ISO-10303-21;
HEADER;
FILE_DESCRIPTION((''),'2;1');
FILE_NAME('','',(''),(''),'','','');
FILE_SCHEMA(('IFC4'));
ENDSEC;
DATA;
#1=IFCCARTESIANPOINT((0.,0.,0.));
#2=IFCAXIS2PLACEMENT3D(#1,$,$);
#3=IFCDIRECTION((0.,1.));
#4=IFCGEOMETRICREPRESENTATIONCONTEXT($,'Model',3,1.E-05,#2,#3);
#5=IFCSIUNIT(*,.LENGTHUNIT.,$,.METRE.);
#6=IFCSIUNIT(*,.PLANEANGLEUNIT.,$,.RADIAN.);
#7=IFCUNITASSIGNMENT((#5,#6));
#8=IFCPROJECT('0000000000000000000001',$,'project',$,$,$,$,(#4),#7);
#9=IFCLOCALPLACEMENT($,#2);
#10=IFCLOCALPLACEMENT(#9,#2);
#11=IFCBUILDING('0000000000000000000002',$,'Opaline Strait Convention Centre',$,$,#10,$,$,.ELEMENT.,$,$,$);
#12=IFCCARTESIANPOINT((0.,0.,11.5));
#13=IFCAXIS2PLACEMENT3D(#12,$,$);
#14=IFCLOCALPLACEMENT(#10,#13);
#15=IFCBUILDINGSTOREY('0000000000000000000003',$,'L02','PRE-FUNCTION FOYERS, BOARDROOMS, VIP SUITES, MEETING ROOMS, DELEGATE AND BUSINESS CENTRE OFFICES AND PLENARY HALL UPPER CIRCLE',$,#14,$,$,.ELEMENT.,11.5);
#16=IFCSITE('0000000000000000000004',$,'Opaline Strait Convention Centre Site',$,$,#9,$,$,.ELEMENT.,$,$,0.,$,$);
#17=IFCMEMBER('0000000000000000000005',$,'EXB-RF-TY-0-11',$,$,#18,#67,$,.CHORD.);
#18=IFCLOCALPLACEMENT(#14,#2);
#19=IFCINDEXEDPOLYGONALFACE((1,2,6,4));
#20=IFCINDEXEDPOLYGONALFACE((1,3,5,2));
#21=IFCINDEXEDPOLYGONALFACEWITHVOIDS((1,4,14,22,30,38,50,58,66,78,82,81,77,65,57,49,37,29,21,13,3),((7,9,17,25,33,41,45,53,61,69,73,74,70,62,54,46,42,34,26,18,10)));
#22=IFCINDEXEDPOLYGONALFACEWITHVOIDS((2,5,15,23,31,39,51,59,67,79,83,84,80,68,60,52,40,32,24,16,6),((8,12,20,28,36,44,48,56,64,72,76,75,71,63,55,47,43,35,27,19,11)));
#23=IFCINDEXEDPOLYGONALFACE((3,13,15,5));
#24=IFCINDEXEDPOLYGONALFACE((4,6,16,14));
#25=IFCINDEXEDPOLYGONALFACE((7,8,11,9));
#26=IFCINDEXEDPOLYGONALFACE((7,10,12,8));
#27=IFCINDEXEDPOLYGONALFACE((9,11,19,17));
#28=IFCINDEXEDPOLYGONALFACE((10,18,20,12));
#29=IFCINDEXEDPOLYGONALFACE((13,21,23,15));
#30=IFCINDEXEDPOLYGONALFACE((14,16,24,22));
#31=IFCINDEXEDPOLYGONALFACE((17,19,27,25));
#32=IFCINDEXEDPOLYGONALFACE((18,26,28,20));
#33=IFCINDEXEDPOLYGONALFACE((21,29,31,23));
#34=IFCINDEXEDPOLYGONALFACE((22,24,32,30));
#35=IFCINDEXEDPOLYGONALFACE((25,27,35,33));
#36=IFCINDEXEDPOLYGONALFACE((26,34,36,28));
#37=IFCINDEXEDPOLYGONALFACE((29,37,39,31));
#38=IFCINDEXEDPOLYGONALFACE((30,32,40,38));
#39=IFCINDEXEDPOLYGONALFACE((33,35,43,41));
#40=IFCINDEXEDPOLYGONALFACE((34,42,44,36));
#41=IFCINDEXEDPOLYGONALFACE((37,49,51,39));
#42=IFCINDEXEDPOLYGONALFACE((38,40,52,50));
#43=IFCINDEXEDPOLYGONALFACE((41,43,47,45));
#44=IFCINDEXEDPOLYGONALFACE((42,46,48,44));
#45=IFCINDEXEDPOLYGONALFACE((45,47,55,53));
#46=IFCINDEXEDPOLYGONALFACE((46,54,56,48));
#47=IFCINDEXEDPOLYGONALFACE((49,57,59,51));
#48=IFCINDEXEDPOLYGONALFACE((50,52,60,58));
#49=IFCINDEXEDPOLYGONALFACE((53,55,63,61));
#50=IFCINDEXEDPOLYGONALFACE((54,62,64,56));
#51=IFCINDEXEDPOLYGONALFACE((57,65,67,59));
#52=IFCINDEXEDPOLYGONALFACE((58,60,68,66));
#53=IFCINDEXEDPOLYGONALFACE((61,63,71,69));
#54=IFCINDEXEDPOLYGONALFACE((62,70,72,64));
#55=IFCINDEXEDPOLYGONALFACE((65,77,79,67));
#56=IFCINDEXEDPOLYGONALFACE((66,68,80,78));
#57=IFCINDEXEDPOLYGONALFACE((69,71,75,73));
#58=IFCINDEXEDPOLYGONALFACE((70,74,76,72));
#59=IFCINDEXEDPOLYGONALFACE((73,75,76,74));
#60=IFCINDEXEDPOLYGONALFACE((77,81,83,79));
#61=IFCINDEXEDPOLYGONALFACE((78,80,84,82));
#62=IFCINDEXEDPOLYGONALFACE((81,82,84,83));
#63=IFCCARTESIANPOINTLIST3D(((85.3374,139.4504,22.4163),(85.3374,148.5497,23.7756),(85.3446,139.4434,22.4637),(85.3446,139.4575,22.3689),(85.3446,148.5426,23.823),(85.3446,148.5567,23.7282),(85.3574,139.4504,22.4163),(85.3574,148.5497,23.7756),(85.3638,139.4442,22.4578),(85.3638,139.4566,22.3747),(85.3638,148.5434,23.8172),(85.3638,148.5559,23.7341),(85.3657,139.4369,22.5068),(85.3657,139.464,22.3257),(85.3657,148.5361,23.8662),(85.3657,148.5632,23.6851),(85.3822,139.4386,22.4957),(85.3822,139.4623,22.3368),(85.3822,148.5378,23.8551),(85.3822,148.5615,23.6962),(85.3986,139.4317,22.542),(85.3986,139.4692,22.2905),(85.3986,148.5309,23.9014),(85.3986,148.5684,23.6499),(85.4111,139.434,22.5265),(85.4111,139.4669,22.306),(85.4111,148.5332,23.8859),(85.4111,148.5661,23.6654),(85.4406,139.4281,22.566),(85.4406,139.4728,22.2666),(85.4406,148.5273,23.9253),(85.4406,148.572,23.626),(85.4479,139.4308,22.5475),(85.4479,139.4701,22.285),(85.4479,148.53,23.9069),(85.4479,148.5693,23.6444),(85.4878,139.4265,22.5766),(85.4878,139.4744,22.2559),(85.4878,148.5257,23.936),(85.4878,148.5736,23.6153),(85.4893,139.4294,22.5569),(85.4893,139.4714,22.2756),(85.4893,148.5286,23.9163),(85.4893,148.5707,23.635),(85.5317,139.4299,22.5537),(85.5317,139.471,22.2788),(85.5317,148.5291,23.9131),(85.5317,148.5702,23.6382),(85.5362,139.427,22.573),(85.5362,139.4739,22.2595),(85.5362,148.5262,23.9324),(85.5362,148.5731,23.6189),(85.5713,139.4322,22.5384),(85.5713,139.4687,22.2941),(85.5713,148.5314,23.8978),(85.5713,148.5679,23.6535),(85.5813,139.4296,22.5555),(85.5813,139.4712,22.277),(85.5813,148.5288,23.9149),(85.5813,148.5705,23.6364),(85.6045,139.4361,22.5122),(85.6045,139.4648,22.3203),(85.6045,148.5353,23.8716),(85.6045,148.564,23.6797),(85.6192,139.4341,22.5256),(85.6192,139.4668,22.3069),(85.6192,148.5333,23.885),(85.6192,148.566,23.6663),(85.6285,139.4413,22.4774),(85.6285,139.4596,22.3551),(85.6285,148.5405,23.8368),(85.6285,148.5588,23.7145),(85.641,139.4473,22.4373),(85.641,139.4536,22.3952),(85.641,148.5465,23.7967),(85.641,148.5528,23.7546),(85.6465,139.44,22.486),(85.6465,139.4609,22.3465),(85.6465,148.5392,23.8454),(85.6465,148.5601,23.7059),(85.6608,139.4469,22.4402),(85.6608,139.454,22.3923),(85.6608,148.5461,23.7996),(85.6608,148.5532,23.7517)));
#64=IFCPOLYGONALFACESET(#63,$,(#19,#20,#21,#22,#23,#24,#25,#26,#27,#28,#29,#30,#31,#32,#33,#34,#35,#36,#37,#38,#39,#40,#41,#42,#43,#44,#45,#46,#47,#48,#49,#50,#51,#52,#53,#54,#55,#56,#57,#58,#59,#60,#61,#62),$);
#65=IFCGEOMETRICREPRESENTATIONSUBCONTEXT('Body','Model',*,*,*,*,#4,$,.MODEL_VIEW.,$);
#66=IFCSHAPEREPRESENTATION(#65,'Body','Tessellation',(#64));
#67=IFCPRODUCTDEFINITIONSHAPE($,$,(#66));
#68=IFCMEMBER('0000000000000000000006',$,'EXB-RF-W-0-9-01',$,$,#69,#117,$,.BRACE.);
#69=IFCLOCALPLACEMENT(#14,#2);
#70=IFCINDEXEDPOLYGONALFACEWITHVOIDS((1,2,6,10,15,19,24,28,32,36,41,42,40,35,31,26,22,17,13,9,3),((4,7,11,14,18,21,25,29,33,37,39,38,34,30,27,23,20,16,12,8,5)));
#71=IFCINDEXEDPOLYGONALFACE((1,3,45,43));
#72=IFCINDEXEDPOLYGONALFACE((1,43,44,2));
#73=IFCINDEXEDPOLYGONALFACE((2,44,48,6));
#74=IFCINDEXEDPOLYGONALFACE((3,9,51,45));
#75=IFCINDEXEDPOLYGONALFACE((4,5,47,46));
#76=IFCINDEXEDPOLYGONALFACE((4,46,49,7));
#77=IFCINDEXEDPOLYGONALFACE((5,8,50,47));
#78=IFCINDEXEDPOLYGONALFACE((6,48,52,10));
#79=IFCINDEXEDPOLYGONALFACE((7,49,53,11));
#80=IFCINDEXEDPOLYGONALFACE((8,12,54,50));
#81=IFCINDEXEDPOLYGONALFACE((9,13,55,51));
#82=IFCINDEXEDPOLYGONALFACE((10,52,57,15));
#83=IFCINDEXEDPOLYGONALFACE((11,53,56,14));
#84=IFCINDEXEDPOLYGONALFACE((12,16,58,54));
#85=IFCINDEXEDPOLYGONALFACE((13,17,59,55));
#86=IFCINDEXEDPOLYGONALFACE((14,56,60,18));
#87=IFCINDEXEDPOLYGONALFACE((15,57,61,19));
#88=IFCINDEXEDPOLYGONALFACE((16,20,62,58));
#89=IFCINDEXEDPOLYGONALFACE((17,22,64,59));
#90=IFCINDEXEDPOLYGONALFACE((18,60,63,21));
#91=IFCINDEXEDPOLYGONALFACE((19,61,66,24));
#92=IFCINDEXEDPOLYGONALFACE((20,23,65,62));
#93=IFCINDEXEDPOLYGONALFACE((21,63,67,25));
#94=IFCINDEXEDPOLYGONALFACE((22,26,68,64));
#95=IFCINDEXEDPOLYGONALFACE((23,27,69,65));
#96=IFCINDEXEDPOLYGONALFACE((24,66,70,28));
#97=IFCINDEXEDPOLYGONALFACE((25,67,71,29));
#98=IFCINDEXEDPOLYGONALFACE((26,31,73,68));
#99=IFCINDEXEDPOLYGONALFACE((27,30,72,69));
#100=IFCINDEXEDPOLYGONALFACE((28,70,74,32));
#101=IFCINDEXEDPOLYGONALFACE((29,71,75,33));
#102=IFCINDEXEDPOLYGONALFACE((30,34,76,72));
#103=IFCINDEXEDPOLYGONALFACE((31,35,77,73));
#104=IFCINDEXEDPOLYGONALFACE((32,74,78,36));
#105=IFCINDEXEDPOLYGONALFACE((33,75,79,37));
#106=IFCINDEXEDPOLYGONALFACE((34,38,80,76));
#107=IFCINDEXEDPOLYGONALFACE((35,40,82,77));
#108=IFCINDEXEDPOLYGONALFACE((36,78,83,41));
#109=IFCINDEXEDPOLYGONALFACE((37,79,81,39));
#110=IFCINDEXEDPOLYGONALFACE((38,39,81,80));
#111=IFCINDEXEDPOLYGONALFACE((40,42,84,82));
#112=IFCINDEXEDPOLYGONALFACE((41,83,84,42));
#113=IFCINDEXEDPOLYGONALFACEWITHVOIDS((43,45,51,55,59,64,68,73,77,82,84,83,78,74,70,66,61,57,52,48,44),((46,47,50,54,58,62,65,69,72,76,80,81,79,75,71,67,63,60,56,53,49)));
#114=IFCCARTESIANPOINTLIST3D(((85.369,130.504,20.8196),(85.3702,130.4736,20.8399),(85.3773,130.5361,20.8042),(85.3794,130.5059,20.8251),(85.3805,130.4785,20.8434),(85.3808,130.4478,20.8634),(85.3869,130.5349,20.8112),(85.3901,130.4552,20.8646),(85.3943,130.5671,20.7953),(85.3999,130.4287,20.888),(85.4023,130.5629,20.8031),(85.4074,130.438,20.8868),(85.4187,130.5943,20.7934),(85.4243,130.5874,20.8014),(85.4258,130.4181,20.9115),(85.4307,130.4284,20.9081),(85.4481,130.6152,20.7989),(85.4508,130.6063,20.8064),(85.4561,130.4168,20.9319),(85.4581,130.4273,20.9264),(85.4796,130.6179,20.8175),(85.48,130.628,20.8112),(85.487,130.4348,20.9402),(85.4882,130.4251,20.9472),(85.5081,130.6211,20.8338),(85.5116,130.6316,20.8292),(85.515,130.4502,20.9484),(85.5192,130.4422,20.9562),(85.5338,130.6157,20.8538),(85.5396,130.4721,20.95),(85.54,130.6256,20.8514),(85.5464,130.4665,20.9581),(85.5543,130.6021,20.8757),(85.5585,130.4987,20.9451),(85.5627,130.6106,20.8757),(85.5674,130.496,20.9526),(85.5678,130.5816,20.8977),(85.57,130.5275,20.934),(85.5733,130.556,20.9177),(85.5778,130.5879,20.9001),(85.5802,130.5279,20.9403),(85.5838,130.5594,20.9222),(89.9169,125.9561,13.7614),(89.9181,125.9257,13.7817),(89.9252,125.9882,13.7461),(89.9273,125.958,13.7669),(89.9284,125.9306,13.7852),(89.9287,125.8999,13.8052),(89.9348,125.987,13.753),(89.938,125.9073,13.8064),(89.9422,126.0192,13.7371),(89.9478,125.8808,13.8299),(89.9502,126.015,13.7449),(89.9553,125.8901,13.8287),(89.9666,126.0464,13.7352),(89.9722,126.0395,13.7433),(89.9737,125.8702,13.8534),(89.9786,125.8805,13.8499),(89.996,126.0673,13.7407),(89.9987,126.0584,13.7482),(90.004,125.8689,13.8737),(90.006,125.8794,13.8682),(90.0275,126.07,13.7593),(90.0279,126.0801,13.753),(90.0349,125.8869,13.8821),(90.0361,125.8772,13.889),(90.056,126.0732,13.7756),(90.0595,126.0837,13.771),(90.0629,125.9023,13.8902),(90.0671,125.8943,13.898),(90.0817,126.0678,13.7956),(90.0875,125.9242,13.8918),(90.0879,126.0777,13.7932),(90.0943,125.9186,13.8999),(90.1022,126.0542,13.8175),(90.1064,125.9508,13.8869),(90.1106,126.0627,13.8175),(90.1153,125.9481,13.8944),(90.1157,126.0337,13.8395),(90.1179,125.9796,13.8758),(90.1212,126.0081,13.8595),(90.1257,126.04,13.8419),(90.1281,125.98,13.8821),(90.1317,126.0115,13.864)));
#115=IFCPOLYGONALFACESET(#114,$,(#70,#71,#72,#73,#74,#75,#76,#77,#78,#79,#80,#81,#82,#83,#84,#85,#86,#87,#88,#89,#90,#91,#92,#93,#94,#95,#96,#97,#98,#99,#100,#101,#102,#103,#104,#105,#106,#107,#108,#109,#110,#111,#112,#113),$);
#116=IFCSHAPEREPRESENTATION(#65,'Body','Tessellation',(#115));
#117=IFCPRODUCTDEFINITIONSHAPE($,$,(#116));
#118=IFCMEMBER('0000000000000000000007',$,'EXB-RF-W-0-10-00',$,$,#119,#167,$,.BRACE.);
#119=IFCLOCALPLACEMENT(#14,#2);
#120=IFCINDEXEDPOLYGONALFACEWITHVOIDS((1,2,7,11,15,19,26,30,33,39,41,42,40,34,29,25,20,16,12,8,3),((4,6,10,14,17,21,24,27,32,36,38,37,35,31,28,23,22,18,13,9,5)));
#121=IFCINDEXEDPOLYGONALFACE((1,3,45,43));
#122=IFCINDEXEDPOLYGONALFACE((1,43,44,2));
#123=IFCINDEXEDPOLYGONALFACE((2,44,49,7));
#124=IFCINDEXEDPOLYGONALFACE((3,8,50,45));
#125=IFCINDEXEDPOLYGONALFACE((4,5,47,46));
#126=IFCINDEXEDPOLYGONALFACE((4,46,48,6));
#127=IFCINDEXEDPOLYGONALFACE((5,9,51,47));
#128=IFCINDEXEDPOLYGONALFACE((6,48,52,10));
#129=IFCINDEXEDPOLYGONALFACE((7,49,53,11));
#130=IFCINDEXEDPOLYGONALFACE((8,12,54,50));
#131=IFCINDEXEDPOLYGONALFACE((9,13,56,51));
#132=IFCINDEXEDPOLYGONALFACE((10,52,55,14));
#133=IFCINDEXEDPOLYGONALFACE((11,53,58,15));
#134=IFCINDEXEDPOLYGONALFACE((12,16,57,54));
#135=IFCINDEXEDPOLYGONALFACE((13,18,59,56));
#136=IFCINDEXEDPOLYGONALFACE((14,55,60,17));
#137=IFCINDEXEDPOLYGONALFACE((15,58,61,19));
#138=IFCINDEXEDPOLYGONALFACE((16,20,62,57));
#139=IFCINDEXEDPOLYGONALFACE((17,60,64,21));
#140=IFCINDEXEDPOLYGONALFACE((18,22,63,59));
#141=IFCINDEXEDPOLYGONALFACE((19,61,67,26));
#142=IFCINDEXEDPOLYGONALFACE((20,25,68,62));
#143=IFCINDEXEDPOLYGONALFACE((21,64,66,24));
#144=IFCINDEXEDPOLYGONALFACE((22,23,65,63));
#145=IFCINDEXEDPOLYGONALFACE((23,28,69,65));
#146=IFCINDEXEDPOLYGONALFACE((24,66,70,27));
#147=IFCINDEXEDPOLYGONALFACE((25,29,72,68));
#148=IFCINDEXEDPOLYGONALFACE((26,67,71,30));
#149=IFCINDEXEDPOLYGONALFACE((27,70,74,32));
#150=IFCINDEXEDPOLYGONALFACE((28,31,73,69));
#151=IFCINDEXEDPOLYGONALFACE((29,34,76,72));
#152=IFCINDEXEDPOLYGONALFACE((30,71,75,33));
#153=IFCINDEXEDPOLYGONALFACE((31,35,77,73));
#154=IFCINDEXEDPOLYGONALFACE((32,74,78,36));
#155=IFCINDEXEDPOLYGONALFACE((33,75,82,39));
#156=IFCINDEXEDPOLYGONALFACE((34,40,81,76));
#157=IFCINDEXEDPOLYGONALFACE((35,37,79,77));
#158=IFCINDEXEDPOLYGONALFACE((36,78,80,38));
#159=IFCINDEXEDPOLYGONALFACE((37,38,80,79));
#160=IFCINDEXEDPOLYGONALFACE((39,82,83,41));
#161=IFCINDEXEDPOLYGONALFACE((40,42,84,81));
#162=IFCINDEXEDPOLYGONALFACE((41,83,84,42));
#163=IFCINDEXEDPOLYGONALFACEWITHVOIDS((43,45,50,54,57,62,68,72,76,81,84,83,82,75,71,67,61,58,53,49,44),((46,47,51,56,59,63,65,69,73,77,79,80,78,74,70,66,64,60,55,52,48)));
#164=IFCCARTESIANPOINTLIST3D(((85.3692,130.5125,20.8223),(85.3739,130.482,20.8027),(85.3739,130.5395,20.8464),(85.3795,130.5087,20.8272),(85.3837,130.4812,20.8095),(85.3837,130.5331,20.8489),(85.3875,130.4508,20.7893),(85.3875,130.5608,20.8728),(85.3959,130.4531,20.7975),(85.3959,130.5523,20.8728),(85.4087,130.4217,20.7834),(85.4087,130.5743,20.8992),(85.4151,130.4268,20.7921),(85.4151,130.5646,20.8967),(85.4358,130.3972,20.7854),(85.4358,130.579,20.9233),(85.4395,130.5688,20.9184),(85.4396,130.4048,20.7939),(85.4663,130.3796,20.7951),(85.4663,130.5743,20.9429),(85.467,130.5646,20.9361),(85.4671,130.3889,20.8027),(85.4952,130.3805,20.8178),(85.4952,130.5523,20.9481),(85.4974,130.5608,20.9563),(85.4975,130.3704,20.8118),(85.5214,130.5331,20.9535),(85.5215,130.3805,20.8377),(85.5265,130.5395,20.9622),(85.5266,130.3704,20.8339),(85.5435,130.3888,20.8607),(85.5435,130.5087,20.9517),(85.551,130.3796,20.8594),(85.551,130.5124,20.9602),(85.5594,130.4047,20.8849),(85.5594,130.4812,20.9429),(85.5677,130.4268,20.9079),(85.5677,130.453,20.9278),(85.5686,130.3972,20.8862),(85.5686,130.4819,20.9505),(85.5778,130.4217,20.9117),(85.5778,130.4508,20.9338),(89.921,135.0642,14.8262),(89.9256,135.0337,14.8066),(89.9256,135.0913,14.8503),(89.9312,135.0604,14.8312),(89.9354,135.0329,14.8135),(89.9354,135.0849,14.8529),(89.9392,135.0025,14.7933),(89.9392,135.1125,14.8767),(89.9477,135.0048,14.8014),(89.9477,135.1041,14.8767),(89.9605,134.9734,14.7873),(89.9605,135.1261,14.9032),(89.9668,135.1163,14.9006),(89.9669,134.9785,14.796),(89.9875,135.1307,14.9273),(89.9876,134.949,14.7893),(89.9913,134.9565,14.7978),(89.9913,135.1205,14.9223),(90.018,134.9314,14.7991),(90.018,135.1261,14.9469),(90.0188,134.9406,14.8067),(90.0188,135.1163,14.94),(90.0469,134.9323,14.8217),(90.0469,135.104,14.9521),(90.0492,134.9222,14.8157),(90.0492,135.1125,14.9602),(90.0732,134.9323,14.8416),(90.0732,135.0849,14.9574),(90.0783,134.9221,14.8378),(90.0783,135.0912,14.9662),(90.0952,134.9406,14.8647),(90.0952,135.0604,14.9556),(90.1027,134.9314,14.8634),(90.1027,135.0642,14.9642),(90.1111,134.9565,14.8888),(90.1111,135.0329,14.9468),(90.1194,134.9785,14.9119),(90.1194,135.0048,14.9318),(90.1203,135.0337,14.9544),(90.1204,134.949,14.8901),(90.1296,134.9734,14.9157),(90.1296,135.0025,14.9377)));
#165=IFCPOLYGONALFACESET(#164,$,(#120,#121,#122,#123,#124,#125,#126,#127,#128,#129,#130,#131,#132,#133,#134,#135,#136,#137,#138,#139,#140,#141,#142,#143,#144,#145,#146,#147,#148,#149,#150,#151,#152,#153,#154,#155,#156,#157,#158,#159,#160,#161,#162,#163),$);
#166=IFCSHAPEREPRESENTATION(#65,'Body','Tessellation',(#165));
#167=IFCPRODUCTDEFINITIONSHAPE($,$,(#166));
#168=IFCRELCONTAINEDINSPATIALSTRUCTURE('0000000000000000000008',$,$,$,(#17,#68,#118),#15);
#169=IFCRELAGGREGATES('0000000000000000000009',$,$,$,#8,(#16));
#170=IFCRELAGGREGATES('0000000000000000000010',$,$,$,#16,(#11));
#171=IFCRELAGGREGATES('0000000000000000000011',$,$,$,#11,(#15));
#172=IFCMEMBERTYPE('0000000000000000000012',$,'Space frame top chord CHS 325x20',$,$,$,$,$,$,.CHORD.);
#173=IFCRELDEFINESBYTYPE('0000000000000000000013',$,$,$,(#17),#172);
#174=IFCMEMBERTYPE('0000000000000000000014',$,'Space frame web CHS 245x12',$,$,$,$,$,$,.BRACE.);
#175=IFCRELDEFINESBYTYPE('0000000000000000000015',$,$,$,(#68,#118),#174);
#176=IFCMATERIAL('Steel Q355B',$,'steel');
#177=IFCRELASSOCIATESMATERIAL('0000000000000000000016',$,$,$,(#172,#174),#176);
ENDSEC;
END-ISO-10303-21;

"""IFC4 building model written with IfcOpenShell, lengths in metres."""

from ifc_helpers import new_model, si_unit, direction, frame, origin, origin_2d, place, context, subcontext, project, spatial, hollow_circle, extrude, material, material_profile, profile_set, type_object, element, save


model = new_model("IFC4")

# Units and contexts
model_context = context("Model", 3, precision=1e-05, world=origin(), true_north=direction((0.0, 1.0)))
body_context = subcontext(model_context, "Body", "Model", "MODEL_VIEW")
ifc_project = project(units=[si_unit("LENGTHUNIT", "METRE"), si_unit("PLANEANGLEUNIT", "RADIAN")], contexts=[model_context])

# Site, building, storey
site_placement = place(None, origin())
site = spatial("IfcSite", under=ifc_project, at=site_placement, Name="Opaline Strait Convention Centre Site", CompositionType="ELEMENT", RefElevation=0.0)
building_placement = place(site_placement, origin())
building = spatial("IfcBuilding", under=site, at=building_placement, Name="Opaline Strait Convention Centre", CompositionType="ELEMENT")
storey_placement = place(building_placement, frame((0.0, 0.0, 11.5)))
storey = spatial("IfcBuildingStorey", under=building, at=storey_placement, Name="L02", Description="PRE-FUNCTION FOYERS, BOARDROOMS, VIP SUITES, MEETING ROOMS, DELEGATE AND BUSINESS CENTRE OFFICES AND PLENARY HALL UPPER CIRCLE", CompositionType="ELEMENT", Elevation=11.5)

# Members
ifc_material_1 = material(Name="Steel Q355B", Category="steel")
ifc_material_profile_1 = material_profile(ifc_material_1, hollow_circle(Radius=0.1626, WallThickness=0.02, at=origin_2d()), Name="CHS 325x20")
ifc_profile_set_1 = profile_set([ifc_material_profile_1], Name="Steel Q355B")
member_type_1 = type_object("IfcMemberType", Name="Space frame top chord CHS 325x20", PredefinedType="CHORD", material=ifc_profile_set_1)
member_1_placement = place(storey_placement, frame((85.5, 139.4504, 22.4163), z_axis=(0.0, 0.989024, 0.147756), x_axis=(-1.0, 0.0, 0.0)))
element("IfcMember", 1, at=member_1_placement, inside=storey, type_object=member_type_1, Name="EXB-RF-TY-0-11", PredefinedType="CHORD", context=body_context, shape_type="SweptSolid", body=[
    extrude(hollow_circle(Radius=0.1626, WallThickness=0.02, at=origin_2d()), origin(), (0.0, 0.0, 1.0), 9.2002),
])
ifc_material_profile_2 = material_profile(ifc_material_1, hollow_circle(Radius=0.1226, WallThickness=0.012, at=origin_2d()), Name="CHS 245x12")
ifc_profile_set_2 = profile_set([ifc_material_profile_2], Name="Steel Q355B")
member_type_2 = type_object("IfcMemberType", Name="Space frame web CHS 245x12", PredefinedType="BRACE", material=ifc_profile_set_2)
member_2_placement = place(storey_placement, frame((85.4761, 130.5239, 20.8757), z_axis=(0.476266, -0.476266, -0.739149), x_axis=(0.707107, 0.707107, 0.0)))
element("IfcMember", 2, at=member_2_placement, inside=storey, type_object=member_type_2, Name="EXB-RF-W-0-9-01", PredefinedType="BRACE", context=body_context, shape_type="SweptSolid", body=[
    extrude(hollow_circle(Radius=0.1226, WallThickness=0.012, at=origin_2d()), origin(), (0.0, 0.0, 1.0), 9.5491),
])
member_3_placement = place(storey_placement, frame((85.4741, 130.4741, 20.8728), z_axis=(0.517412, 0.517412, -0.681594), x_axis=(-0.707107, 0.707107, 0.0)))
element("IfcMember", 3, at=member_3_placement, inside=storey, type_object=member_type_2, Name="EXB-RF-W-0-10-00", PredefinedType="BRACE", context=body_context, shape_type="SweptSolid", body=[
    extrude(hollow_circle(Radius=0.1226, WallThickness=0.012, at=origin_2d()), origin(), (0.0, 0.0, 1.0), 8.7971),
])

save(model, "model.ifc")
